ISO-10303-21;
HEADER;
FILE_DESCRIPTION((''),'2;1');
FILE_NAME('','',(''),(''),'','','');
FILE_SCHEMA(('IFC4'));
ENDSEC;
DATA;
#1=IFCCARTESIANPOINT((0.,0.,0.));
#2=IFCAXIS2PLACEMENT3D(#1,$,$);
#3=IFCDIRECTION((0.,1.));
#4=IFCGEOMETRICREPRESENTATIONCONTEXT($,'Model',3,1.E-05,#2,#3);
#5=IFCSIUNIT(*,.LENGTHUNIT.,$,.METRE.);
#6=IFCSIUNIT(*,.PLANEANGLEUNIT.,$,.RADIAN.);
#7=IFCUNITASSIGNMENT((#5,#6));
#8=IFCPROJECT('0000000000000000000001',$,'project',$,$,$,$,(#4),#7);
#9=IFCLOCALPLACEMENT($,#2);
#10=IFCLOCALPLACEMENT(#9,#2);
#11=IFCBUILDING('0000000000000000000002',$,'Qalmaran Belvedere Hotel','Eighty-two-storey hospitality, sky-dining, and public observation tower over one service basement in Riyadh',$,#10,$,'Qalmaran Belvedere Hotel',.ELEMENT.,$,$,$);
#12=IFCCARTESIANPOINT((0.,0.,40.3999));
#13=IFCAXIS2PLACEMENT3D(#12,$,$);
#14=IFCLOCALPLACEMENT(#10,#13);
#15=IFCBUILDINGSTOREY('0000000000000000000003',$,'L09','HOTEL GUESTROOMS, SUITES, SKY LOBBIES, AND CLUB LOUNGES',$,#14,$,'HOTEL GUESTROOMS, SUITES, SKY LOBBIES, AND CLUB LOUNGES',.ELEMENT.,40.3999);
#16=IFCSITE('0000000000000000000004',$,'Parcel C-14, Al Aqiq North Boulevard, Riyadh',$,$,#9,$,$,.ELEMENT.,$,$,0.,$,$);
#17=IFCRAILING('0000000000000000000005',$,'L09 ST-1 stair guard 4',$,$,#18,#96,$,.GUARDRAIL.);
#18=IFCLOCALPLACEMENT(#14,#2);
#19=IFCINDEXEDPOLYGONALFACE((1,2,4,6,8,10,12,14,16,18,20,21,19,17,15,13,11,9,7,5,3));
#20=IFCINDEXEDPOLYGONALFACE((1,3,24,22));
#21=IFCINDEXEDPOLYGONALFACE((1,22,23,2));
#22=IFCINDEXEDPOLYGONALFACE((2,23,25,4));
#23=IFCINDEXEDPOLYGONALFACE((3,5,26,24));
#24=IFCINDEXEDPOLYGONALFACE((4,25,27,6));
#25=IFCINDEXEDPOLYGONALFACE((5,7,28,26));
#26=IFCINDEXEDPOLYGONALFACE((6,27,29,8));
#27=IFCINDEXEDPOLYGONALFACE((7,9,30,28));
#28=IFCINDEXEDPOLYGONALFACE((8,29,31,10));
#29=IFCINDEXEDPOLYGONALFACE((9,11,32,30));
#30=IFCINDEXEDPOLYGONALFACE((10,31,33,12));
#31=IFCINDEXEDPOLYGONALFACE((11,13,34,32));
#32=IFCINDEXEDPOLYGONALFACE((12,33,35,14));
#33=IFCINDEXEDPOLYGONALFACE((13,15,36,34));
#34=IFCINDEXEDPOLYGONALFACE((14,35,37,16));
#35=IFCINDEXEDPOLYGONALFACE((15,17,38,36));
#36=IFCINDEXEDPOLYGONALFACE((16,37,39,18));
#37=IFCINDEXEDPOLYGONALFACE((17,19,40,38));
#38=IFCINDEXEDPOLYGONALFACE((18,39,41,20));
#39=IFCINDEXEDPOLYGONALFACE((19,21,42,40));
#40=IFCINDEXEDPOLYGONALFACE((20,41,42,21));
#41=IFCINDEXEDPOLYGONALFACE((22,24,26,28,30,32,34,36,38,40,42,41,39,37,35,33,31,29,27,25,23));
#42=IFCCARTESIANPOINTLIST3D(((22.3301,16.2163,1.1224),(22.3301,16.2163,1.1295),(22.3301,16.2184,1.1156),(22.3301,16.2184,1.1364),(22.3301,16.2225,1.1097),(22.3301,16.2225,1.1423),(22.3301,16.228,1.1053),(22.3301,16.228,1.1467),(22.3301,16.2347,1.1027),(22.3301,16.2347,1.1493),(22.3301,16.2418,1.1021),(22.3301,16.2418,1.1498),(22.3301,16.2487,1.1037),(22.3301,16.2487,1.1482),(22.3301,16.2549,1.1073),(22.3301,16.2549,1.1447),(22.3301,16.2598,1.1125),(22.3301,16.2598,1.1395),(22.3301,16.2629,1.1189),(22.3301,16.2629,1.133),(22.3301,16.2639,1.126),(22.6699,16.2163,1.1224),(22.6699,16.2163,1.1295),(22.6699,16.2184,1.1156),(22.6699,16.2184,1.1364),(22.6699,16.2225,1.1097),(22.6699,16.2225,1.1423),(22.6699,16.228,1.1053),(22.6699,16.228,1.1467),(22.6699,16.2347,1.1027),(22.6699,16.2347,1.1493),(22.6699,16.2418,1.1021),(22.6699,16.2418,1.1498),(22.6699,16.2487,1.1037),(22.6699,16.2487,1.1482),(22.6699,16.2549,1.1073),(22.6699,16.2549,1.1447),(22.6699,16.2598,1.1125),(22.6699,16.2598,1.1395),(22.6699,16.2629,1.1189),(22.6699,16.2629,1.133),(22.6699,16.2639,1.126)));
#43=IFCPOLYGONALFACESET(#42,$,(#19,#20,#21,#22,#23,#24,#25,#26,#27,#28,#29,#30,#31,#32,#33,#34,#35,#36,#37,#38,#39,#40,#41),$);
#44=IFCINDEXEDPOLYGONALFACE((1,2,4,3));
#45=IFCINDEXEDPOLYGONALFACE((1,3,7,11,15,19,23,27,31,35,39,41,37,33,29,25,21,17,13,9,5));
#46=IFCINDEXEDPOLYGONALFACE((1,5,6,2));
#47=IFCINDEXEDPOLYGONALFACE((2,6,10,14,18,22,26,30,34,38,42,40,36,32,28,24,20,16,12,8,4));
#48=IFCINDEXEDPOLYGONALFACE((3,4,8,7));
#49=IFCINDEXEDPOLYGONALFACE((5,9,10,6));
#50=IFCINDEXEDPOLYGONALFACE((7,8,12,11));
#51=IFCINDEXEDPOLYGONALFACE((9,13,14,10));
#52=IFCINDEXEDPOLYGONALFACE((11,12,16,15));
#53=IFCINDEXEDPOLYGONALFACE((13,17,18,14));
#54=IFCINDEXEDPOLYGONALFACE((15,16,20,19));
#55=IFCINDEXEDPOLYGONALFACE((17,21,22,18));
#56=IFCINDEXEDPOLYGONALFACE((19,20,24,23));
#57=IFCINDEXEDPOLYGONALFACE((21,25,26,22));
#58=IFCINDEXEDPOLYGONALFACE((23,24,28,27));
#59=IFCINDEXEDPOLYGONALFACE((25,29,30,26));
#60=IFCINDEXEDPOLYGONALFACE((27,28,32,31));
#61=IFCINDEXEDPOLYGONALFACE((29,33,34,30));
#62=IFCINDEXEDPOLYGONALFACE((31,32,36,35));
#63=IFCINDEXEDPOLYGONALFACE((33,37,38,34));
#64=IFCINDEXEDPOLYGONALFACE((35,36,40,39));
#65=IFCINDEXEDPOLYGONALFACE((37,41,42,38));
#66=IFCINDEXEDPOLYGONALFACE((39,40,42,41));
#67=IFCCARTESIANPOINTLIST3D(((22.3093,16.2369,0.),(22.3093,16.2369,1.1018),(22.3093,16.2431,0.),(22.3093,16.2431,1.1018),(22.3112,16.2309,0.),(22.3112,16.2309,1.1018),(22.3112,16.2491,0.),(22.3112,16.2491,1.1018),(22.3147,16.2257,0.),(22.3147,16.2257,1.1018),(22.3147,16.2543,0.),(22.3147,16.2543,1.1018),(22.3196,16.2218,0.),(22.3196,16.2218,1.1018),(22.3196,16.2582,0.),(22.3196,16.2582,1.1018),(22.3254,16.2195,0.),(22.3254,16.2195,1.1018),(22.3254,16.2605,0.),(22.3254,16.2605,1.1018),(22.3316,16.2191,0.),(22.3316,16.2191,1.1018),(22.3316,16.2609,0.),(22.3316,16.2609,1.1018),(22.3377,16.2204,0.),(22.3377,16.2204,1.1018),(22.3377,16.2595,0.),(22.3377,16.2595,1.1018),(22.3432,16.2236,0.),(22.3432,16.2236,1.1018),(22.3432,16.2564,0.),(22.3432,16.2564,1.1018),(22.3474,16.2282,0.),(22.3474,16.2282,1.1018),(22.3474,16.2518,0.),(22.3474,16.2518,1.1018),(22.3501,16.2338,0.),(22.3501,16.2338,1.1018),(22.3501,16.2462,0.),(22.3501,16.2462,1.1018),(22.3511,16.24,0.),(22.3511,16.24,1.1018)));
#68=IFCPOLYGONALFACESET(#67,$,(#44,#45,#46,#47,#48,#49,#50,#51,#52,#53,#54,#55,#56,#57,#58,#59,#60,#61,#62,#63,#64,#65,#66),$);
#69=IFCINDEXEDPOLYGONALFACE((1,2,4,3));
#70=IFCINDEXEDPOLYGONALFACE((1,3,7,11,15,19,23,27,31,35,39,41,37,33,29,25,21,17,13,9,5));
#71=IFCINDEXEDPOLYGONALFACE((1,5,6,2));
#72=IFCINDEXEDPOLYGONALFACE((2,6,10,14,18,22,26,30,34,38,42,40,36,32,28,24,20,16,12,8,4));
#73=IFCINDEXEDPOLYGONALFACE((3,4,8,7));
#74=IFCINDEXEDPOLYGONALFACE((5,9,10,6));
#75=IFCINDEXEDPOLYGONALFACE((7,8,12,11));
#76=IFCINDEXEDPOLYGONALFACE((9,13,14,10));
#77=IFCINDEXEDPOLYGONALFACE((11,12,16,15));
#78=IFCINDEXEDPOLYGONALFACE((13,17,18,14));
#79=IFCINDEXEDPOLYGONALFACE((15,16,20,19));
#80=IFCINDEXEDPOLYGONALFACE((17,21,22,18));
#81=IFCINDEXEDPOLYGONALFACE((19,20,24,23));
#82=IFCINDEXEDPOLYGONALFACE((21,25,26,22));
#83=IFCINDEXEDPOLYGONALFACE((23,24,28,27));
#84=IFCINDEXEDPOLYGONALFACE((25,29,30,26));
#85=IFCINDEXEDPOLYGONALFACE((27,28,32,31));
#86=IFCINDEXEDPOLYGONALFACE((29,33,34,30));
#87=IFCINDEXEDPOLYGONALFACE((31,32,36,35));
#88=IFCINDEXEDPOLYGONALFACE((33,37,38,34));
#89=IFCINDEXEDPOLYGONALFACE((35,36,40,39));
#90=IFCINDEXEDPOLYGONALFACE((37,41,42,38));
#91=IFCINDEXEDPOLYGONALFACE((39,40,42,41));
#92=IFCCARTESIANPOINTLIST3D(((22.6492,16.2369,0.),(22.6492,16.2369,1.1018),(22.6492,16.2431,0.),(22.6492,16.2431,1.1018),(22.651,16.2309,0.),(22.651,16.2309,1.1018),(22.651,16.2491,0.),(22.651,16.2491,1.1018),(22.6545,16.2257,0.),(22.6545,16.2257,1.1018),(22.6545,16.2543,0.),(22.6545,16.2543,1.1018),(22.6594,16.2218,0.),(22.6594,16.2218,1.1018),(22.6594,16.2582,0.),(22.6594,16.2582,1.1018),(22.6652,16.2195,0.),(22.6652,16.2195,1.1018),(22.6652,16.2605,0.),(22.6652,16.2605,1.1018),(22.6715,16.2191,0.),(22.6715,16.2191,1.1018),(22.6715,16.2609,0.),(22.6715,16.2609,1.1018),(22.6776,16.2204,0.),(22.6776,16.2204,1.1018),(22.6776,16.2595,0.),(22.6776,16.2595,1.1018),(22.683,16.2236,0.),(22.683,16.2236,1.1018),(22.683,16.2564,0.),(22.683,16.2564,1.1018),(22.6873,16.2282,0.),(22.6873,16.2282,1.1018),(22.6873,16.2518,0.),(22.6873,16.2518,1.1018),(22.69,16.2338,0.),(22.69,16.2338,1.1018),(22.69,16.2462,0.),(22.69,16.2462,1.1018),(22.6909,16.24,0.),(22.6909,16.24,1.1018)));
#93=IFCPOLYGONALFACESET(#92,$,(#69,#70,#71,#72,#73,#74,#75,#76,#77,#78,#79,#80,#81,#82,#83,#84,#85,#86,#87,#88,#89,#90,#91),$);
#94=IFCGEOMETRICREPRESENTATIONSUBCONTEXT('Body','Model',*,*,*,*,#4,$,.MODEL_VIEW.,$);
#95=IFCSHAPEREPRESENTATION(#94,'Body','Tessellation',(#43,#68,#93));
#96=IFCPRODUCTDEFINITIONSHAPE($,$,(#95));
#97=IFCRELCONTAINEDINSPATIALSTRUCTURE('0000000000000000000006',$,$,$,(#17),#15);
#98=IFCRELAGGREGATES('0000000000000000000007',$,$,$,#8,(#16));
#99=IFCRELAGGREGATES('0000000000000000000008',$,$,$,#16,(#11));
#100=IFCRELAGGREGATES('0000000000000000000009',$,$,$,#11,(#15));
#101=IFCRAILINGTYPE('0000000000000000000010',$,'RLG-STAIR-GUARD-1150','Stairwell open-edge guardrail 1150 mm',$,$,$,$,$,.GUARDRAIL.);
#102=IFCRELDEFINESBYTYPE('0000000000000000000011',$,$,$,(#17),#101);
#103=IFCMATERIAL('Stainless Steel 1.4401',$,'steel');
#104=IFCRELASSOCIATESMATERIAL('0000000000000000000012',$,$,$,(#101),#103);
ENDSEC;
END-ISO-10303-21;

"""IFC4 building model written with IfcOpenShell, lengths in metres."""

from ifc_helpers import new_model, si_unit, direction, frame, origin, origin_2d, place, context, subcontext, project, spatial, circle, extrude, material, type_object, element, save


model = new_model("IFC4")

# Units and contexts
model_context = context("Model", 3, precision=1e-05, world=origin(), true_north=direction((0.0, 1.0)))
body_context = subcontext(model_context, "Body", "Model", "MODEL_VIEW")
ifc_project = project(units=[si_unit("LENGTHUNIT", "METRE"), si_unit("PLANEANGLEUNIT", "RADIAN")], contexts=[model_context])

# Site, building, storey
site_placement = place(None, origin())
site = spatial("IfcSite", under=ifc_project, at=site_placement, Name="Parcel C-14, Al Aqiq North Boulevard, Riyadh", CompositionType="ELEMENT", RefElevation=0.0)
building_placement = place(site_placement, origin())
building = spatial("IfcBuilding", under=site, at=building_placement, Name="Qalmaran Belvedere Hotel", Description="Eighty-two-storey hospitality, sky-dining, and public observation tower over one service basement in Riyadh", LongName="Qalmaran Belvedere Hotel", CompositionType="ELEMENT")
storey_placement = place(building_placement, frame((0.0, 0.0, 40.3999)))
storey = spatial("IfcBuildingStorey", under=building, at=storey_placement, Name="L09", Description="HOTEL GUESTROOMS, SUITES, SKY LOBBIES, AND CLUB LOUNGES", LongName="HOTEL GUESTROOMS, SUITES, SKY LOBBIES, AND CLUB LOUNGES", CompositionType="ELEMENT", Elevation=40.3999)

# Railing
ifc_material_1 = material(Name="Stainless Steel 1.4401", Category="steel")
railing_type_1 = type_object("IfcRailingType", Name="RLG-STAIR-GUARD-1150", Description="Stairwell open-edge guardrail 1150 mm", PredefinedType="GUARDRAIL", material=ifc_material_1)
railing_1_placement = place(storey_placement, frame((22.3301, 16.24, 0.0)))
element("IfcRailing", 1, at=railing_1_placement, inside=storey, type_object=railing_type_1, Name="L09 ST-1 stair guard 4", PredefinedType="GUARDRAIL", context=body_context, shape_type="SweptSolid", body=[
    extrude(circle(Radius=0.0239, at=origin_2d()), frame((0.0, 0.0, 1.126), z_axis=(1.0, 0.0, 0.0), x_axis=(0.0, 1.0, 0.0)), (0.0, 0.0, 1.0), 0.3398),
    extrude(circle(Radius=0.021, at=origin_2d()), origin(), (0.0, 0.0, 1.0), 1.1018),
    extrude(circle(Radius=0.021, at=origin_2d()), frame((0.3398, 0.0, 0.0)), (0.0, 0.0, 1.0), 1.1018),
])

save(model, "model.ifc")
